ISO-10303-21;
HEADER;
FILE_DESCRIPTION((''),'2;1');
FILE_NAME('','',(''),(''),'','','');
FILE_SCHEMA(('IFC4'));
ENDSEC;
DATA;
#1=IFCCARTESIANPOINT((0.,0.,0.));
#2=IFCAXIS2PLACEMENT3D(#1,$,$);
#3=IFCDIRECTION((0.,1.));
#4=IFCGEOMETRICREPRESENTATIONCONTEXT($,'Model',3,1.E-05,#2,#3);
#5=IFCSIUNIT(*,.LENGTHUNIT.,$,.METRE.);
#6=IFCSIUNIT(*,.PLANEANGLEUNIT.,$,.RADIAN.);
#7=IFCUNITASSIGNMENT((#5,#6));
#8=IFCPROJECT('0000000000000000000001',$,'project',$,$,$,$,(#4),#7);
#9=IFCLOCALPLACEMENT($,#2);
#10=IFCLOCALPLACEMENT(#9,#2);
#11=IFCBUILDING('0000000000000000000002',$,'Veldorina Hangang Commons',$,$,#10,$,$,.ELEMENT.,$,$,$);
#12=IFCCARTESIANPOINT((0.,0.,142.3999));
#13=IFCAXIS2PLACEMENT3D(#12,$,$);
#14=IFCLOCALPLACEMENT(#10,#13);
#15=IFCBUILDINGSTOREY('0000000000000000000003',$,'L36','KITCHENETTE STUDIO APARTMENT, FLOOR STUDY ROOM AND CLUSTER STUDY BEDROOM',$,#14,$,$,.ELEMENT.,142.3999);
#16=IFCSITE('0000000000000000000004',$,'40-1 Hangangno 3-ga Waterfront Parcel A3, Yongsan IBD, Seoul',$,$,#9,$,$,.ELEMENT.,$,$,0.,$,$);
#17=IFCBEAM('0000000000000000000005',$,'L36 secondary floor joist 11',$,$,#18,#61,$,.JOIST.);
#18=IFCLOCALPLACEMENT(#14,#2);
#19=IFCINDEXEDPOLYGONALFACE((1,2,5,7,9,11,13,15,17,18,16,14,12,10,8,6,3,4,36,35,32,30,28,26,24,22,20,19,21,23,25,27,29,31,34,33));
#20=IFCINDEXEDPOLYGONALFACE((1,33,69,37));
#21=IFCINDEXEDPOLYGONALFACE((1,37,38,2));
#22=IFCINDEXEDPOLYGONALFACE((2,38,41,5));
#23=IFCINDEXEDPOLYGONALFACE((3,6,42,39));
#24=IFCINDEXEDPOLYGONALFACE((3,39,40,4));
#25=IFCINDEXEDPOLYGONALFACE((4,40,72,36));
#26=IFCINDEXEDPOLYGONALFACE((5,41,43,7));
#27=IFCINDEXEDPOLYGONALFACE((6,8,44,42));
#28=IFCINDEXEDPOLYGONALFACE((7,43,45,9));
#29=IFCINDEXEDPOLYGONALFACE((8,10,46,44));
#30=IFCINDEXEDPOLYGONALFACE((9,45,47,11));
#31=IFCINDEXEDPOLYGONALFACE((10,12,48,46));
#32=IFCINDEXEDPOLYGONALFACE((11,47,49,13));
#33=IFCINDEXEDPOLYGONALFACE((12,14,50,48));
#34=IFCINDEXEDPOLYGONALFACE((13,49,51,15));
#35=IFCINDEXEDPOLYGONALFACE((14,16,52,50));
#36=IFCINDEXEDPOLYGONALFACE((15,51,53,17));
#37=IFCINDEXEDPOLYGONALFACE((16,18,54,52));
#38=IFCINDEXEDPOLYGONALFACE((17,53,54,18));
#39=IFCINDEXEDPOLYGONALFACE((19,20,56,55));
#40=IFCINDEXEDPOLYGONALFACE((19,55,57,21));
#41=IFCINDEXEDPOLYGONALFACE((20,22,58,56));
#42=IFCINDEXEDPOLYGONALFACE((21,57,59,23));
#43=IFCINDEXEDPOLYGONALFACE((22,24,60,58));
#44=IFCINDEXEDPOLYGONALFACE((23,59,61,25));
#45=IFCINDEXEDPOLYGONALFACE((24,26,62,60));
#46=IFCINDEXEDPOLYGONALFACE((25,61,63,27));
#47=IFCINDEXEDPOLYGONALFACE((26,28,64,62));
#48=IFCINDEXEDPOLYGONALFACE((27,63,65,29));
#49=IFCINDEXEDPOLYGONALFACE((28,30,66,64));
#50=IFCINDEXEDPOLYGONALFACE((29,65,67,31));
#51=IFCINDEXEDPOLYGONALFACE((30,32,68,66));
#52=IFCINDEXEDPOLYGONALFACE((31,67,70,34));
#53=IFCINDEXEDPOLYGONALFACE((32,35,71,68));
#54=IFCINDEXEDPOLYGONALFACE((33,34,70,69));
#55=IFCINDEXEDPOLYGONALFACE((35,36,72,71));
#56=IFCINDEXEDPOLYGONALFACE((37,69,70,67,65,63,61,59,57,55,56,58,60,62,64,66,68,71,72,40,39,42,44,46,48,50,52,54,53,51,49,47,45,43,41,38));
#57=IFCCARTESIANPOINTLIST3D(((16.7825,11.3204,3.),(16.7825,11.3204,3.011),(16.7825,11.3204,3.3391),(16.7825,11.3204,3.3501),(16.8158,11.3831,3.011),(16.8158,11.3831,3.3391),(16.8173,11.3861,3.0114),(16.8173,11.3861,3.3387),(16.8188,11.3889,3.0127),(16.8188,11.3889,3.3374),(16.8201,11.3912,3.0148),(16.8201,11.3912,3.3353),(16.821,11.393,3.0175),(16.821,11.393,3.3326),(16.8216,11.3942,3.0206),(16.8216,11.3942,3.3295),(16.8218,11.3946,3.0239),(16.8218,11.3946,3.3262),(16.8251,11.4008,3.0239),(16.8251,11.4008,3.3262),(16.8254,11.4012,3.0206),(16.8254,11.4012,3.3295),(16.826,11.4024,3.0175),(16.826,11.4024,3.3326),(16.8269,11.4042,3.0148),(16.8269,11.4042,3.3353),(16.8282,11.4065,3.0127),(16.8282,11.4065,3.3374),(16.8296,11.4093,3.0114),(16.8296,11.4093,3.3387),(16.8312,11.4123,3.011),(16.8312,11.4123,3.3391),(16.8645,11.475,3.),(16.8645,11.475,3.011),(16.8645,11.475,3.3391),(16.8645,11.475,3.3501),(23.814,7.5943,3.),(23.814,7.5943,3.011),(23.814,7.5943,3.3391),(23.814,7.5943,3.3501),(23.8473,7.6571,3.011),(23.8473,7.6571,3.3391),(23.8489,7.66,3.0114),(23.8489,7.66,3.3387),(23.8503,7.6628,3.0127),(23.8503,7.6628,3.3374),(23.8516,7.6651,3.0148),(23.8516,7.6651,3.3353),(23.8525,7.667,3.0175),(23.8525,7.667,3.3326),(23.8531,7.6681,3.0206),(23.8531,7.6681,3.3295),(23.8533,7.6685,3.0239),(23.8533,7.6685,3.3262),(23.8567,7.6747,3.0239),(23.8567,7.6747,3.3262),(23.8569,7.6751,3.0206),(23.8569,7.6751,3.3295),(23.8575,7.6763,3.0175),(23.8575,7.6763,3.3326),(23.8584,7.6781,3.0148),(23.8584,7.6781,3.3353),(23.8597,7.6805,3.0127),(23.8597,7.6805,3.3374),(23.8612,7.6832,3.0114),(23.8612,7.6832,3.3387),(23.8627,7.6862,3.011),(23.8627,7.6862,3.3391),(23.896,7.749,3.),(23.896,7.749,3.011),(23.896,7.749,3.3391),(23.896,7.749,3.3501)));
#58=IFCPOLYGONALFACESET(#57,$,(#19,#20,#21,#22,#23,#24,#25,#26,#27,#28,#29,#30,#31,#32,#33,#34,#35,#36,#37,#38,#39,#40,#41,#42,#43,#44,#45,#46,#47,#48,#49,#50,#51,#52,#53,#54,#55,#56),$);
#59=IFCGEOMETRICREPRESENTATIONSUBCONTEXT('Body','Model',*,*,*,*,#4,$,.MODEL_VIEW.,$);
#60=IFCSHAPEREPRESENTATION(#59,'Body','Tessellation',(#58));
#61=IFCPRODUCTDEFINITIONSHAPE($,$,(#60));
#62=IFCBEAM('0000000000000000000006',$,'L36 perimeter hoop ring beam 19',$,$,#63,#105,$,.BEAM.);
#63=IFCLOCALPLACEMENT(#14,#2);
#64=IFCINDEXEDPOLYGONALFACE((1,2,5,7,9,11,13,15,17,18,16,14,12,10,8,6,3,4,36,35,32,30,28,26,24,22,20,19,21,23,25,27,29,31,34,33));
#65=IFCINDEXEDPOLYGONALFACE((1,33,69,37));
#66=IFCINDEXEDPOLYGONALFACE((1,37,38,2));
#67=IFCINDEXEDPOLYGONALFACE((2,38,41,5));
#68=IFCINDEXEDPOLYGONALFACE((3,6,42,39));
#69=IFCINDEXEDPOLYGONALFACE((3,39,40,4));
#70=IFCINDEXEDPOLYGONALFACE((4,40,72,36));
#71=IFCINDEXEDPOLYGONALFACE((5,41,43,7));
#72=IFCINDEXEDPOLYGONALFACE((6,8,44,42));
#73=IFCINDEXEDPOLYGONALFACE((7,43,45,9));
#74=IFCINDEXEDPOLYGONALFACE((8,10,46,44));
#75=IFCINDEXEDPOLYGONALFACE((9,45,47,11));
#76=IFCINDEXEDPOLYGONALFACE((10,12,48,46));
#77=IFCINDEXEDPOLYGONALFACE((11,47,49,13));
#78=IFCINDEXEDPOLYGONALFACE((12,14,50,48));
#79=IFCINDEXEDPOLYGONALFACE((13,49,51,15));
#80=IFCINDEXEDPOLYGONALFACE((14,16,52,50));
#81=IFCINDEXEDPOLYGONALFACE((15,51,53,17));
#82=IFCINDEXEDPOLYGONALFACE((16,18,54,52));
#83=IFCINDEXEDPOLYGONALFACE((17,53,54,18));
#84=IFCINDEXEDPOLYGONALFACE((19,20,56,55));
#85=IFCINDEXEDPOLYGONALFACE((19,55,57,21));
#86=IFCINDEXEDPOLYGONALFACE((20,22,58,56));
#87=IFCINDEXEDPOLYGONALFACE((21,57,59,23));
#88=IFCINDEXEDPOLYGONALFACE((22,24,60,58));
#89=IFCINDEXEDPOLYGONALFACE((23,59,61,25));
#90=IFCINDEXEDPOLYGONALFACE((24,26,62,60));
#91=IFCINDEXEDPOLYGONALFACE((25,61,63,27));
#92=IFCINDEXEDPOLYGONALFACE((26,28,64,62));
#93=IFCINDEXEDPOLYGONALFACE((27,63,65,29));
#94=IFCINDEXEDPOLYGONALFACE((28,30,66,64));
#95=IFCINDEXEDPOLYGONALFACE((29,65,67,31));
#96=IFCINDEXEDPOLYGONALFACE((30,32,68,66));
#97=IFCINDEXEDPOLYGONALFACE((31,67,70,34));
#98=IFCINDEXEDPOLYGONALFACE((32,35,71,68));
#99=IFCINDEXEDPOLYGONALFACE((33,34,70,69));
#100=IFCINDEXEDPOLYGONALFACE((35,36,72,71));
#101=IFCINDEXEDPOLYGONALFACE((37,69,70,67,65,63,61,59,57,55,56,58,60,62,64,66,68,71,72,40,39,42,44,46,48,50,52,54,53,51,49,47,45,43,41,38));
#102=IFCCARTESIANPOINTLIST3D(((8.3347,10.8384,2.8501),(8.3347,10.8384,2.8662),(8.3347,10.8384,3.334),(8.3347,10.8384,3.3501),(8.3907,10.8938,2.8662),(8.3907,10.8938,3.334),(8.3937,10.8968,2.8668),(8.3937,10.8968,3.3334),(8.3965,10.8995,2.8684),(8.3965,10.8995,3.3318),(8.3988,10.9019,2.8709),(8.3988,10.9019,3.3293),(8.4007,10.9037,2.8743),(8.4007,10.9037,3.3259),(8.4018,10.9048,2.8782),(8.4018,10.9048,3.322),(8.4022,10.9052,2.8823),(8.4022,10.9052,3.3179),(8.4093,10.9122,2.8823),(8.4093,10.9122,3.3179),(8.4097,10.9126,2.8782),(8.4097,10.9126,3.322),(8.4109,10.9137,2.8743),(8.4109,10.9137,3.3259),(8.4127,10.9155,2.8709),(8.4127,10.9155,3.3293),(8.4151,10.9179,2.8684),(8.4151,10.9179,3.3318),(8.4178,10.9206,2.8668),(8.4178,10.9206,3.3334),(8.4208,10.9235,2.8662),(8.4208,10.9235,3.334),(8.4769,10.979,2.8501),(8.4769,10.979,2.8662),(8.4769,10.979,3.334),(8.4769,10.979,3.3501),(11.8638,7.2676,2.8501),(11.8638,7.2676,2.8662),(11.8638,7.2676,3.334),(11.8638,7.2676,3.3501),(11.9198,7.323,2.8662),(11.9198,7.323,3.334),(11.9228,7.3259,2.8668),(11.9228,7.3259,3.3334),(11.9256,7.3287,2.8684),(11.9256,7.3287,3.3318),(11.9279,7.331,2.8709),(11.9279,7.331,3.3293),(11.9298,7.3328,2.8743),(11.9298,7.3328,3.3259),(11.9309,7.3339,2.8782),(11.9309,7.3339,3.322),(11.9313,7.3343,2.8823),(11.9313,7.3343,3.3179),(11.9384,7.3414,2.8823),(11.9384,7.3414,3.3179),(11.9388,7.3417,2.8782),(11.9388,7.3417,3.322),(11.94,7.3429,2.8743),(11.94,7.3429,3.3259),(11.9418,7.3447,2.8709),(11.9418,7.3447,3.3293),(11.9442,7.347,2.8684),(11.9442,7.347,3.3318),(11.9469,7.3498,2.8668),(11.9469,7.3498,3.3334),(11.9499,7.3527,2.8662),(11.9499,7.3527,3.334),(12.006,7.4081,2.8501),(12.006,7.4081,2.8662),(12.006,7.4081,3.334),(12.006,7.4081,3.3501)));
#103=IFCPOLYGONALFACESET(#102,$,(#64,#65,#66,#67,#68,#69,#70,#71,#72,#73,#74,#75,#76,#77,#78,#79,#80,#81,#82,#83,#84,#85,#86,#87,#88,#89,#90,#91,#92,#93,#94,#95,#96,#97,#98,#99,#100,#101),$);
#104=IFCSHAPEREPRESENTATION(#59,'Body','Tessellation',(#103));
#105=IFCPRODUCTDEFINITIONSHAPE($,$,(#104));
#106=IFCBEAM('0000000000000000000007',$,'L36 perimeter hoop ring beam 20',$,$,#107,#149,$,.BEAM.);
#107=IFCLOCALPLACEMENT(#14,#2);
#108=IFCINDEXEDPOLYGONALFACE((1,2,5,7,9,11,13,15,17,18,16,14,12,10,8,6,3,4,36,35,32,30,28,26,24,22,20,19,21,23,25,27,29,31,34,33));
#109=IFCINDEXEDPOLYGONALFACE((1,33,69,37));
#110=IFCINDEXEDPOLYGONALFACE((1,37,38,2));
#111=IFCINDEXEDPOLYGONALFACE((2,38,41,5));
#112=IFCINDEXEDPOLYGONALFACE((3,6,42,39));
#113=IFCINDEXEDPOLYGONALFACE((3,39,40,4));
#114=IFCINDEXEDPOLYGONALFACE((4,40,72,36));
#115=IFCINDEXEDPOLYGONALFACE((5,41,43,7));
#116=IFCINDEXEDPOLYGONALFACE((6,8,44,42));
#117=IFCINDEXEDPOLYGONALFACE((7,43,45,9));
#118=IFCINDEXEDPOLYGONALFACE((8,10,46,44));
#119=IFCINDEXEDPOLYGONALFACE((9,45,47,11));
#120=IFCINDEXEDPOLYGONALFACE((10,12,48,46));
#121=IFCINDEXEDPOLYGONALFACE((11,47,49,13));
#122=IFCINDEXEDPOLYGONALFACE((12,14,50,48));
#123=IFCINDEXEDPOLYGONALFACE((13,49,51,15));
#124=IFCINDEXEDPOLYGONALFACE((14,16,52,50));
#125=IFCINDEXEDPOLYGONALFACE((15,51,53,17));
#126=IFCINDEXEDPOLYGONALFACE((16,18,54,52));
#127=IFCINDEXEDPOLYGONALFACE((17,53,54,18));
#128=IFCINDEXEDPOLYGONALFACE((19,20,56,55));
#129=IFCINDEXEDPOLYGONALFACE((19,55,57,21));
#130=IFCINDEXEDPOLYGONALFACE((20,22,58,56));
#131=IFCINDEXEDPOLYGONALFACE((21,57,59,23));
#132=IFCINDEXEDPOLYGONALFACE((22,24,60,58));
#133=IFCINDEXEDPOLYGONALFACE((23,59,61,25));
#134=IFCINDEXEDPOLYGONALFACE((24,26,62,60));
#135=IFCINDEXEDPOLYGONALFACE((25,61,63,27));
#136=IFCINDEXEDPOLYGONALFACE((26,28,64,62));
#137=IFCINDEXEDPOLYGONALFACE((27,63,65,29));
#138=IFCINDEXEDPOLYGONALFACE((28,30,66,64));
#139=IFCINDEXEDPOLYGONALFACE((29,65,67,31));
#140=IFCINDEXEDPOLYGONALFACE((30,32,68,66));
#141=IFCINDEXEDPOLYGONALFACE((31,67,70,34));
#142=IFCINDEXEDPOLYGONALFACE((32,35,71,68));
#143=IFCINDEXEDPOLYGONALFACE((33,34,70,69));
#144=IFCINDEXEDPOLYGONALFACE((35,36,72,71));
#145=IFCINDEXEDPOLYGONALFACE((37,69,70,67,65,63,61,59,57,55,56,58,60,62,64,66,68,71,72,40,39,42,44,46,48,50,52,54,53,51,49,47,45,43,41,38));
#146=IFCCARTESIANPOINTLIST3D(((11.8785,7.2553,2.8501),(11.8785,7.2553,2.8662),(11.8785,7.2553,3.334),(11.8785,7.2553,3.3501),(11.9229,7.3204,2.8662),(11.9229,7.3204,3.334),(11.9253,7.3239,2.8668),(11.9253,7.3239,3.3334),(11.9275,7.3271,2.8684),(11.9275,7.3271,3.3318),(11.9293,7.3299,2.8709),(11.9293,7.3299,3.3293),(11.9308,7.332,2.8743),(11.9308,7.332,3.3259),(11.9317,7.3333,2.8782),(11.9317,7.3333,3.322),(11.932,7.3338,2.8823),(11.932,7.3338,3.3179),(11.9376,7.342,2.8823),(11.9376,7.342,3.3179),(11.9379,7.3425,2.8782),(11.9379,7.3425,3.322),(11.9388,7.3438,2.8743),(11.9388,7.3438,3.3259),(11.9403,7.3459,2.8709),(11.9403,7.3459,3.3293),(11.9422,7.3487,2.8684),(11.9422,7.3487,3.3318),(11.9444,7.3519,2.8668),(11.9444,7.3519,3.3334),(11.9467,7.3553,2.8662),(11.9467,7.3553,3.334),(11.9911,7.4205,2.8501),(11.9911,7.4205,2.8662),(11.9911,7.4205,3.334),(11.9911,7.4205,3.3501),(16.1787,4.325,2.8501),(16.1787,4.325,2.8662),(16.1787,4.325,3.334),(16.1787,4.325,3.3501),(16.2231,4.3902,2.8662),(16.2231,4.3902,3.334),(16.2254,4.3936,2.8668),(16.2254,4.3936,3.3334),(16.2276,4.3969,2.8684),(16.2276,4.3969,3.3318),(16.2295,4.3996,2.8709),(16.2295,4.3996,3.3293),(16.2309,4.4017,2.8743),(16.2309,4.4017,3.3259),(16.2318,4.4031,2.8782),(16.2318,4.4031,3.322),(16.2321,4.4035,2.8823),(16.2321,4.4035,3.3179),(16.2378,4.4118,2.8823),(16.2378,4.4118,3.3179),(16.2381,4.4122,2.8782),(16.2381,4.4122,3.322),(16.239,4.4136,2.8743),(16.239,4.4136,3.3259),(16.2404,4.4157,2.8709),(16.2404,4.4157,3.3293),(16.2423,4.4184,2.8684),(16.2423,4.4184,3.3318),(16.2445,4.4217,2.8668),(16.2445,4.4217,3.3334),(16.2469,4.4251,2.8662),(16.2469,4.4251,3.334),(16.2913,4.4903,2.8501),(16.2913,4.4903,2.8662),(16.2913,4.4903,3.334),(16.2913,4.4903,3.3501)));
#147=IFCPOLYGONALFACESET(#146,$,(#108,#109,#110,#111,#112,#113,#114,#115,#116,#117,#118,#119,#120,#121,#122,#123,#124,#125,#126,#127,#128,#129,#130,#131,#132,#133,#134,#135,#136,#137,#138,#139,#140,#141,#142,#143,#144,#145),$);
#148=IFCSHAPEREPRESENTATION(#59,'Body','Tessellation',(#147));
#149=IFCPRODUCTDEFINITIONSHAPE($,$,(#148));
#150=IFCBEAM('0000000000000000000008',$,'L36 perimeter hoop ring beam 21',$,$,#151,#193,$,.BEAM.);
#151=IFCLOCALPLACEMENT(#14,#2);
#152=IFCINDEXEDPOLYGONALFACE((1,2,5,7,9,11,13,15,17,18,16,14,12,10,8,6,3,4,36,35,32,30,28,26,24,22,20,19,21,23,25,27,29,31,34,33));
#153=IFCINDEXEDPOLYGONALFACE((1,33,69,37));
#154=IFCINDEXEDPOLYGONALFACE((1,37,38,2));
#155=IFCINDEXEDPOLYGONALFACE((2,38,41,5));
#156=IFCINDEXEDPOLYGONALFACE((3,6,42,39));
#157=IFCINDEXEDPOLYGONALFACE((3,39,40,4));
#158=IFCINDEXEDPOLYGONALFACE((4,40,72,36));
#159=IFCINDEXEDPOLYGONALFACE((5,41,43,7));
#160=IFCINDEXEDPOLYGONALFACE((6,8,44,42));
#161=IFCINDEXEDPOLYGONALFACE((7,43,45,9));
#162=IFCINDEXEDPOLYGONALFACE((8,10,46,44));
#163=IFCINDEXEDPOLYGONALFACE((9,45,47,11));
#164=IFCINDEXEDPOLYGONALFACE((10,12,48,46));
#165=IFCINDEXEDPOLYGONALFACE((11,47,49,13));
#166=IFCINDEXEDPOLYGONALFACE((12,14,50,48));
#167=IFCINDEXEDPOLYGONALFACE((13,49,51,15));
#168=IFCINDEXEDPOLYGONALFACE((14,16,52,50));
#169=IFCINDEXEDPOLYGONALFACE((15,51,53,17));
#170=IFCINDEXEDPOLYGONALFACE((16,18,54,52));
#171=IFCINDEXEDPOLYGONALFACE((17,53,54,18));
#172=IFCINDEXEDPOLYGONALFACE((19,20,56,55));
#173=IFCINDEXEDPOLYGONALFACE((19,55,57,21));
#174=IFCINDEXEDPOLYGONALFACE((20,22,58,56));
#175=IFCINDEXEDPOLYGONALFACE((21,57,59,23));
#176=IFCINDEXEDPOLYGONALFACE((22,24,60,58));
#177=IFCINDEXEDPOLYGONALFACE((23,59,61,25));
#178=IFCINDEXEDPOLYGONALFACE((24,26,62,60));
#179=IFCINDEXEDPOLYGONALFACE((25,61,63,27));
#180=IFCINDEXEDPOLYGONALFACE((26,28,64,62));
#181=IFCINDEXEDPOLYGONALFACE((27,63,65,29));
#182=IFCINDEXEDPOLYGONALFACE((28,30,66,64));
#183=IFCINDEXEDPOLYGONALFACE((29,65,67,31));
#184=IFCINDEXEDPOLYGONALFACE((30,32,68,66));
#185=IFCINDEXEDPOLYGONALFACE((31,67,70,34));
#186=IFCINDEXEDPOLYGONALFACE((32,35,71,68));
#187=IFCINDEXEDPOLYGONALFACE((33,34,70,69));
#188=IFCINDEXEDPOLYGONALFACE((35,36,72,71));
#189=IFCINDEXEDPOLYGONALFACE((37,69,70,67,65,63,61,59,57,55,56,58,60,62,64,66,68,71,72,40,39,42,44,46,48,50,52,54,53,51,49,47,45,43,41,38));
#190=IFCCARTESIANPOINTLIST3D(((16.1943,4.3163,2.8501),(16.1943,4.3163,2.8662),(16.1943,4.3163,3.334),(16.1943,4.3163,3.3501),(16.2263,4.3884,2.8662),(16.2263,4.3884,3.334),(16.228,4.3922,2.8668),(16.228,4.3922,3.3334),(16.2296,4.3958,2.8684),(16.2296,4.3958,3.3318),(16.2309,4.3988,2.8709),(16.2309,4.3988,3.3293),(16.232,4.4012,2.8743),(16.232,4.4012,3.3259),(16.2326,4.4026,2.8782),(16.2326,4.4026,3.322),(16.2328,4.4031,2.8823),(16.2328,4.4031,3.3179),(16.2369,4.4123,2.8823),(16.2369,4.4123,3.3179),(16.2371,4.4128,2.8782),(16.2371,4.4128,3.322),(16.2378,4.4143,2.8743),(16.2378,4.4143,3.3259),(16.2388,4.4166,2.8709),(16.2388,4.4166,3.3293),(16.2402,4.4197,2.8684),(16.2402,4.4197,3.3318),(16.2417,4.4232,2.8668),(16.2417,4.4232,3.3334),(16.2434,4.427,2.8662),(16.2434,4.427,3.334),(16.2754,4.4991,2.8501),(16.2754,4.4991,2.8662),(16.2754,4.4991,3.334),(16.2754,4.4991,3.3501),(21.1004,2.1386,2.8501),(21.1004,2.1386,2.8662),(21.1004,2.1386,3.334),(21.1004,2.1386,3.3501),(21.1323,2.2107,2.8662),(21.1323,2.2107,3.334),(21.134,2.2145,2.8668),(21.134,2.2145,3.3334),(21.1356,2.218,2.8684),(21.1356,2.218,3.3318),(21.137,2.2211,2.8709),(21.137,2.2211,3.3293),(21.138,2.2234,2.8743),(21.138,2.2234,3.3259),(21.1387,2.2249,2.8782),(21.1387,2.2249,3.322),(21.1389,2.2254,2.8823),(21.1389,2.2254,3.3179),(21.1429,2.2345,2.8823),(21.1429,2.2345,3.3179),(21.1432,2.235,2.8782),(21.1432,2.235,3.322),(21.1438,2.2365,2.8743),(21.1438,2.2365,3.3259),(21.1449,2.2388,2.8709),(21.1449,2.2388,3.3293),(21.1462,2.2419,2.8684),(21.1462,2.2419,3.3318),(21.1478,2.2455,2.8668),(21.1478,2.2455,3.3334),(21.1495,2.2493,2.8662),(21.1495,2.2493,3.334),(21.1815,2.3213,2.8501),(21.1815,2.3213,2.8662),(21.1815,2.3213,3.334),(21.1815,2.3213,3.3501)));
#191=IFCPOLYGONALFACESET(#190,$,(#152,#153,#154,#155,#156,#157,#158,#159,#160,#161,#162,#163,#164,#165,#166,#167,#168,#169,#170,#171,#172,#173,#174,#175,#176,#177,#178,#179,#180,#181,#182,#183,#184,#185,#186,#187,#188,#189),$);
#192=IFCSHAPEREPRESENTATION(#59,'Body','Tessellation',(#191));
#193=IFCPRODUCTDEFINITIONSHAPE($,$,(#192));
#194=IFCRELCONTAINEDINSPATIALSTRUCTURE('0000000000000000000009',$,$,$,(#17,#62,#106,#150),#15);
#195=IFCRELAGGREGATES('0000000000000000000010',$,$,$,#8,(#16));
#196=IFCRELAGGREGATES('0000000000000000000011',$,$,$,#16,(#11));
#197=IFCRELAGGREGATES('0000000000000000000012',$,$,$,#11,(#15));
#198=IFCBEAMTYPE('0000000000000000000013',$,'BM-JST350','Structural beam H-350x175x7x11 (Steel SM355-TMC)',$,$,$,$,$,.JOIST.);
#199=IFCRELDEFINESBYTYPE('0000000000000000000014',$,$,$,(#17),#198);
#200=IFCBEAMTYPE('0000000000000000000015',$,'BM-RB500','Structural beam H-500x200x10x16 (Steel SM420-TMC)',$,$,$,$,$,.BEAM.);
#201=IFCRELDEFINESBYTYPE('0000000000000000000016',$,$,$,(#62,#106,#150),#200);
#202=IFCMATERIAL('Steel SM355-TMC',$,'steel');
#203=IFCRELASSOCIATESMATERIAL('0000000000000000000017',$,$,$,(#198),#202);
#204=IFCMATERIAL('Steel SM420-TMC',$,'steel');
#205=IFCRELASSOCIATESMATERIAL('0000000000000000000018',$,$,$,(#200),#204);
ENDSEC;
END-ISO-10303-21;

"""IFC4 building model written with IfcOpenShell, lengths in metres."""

from ifc_helpers import new_model, si_unit, direction, frame, origin, origin_2d, place, context, subcontext, project, spatial, i_section, extrude, material, material_profile, profile_set, type_object, element, save


model = new_model("IFC4")

# Units and contexts
model_context = context("Model", 3, precision=1e-05, world=origin(), true_north=direction((0.0, 1.0)))
body_context = subcontext(model_context, "Body", "Model", "MODEL_VIEW")
ifc_project = project(units=[si_unit("LENGTHUNIT", "METRE"), si_unit("PLANEANGLEUNIT", "RADIAN")], contexts=[model_context])

# Site, building, storey
site_placement = place(None, origin())
site = spatial("IfcSite", under=ifc_project, at=site_placement, Name="40-1 Hangangno 3-ga Waterfront Parcel A3, Yongsan IBD, Seoul", CompositionType="ELEMENT", RefElevation=0.0)
building_placement = place(site_placement, origin())
building = spatial("IfcBuilding", under=site, at=building_placement, Name="Veldorina Hangang Commons", CompositionType="ELEMENT")
storey_placement = place(building_placement, frame((0.0, 0.0, 142.3999)))
storey = spatial("IfcBuildingStorey", under=building, at=storey_placement, Name="L36", Description="KITCHENETTE STUDIO APARTMENT, FLOOR STUDY ROOM AND CLUSTER STUDY BEDROOM", CompositionType="ELEMENT", Elevation=142.3999)

# Beams
ifc_material_1 = material(Name="Steel SM355-TMC", Category="steel")
ifc_material_profile_1 = material_profile(ifc_material_1, i_section(OverallWidth=0.175, OverallDepth=0.3501, WebThickness=0.0071, FlangeThickness=0.011, FilletRadius=0.0129, at=origin_2d()), Name="H-350x175x7x11")
ifc_profile_set_1 = profile_set([ifc_material_profile_1], Name="Steel SM355-TMC")
beam_type_1 = type_object("IfcBeamType", Name="BM-JST350", Description="Structural beam H-350x175x7x11 (Steel SM355-TMC)", PredefinedType="JOIST", material=ifc_profile_set_1)
beam_1_placement = place(storey_placement, frame((16.8235, 11.3977, 3.175), z_axis=(0.883605, -0.468233, 0.0), x_axis=(0.468233, 0.883605, 0.0)))
element("IfcBeam", 1, at=beam_1_placement, inside=storey, type_object=beam_type_1, Name="L36 secondary floor joist 11", PredefinedType="JOIST", context=body_context, shape_type="SweptSolid", body=[
    extrude(i_section(OverallWidth=0.175, OverallDepth=0.3501, WebThickness=0.0071, FlangeThickness=0.011, FilletRadius=0.0129, at=origin_2d()), origin(), (0.0, 0.0, 1.0), 7.9578),
])
ifc_material_2 = material(Name="Steel SM420-TMC", Category="steel")
ifc_material_profile_2 = material_profile(ifc_material_2, i_section(OverallWidth=0.2, OverallDepth=0.5, WebThickness=0.01, FlangeThickness=0.0161, FilletRadius=0.0161, at=origin_2d()), Name="H-500x200x10x16")
ifc_profile_set_2 = profile_set([ifc_material_profile_2], Name="Steel SM420-TMC")
beam_type_2 = type_object("IfcBeamType", Name="BM-RB500", Description="Structural beam H-500x200x10x16 (Steel SM420-TMC)", PredefinedType="BEAM", material=ifc_profile_set_2)
beam_2_placement = place(storey_placement, frame((8.4058, 10.9087, 3.1001), z_axis=(0.702937, -0.711252, 0.0), x_axis=(0.711252, 0.702937, 0.0)))
element("IfcBeam", 2, at=beam_2_placement, inside=storey, type_object=beam_type_2, Name="L36 perimeter hoop ring beam 19", PredefinedType="BEAM", context=body_context, shape_type="SweptSolid", body=[
    extrude(i_section(OverallWidth=0.2, OverallDepth=0.5, WebThickness=0.01, FlangeThickness=0.0161, FilletRadius=0.0161, at=origin_2d()), origin(), (0.0, 0.0, 1.0), 5.0205),
])
beam_3_placement = place(storey_placement, frame((11.9348, 7.3379, 3.1001), z_axis=(0.826377, -0.563117, 0.0), x_axis=(0.563117, 0.826377, 0.0)))
element("IfcBeam", 3, at=beam_3_placement, inside=storey, type_object=beam_type_2, Name="L36 perimeter hoop ring beam 20", PredefinedType="BEAM", context=body_context, shape_type="SweptSolid", body=[
    extrude(i_section(OverallWidth=0.2, OverallDepth=0.5, WebThickness=0.01, FlangeThickness=0.0161, FilletRadius=0.0161, at=origin_2d()), origin(), (0.0, 0.0, 1.0), 5.2036),
])
beam_4_placement = place(storey_placement, frame((16.2349, 4.4077, 3.1001), z_axis=(0.913999, -0.405716, 0.0), x_axis=(0.405716, 0.913999, 0.0)))
element("IfcBeam", 4, at=beam_4_placement, inside=storey, type_object=beam_type_2, Name="L36 perimeter hoop ring beam 21", PredefinedType="BEAM", context=body_context, shape_type="SweptSolid", body=[
    extrude(i_section(OverallWidth=0.2, OverallDepth=0.5, WebThickness=0.01, FlangeThickness=0.0161, FilletRadius=0.0161, at=origin_2d()), origin(), (0.0, 0.0, 1.0), 5.3677),
])

save(model, "model.ifc")
